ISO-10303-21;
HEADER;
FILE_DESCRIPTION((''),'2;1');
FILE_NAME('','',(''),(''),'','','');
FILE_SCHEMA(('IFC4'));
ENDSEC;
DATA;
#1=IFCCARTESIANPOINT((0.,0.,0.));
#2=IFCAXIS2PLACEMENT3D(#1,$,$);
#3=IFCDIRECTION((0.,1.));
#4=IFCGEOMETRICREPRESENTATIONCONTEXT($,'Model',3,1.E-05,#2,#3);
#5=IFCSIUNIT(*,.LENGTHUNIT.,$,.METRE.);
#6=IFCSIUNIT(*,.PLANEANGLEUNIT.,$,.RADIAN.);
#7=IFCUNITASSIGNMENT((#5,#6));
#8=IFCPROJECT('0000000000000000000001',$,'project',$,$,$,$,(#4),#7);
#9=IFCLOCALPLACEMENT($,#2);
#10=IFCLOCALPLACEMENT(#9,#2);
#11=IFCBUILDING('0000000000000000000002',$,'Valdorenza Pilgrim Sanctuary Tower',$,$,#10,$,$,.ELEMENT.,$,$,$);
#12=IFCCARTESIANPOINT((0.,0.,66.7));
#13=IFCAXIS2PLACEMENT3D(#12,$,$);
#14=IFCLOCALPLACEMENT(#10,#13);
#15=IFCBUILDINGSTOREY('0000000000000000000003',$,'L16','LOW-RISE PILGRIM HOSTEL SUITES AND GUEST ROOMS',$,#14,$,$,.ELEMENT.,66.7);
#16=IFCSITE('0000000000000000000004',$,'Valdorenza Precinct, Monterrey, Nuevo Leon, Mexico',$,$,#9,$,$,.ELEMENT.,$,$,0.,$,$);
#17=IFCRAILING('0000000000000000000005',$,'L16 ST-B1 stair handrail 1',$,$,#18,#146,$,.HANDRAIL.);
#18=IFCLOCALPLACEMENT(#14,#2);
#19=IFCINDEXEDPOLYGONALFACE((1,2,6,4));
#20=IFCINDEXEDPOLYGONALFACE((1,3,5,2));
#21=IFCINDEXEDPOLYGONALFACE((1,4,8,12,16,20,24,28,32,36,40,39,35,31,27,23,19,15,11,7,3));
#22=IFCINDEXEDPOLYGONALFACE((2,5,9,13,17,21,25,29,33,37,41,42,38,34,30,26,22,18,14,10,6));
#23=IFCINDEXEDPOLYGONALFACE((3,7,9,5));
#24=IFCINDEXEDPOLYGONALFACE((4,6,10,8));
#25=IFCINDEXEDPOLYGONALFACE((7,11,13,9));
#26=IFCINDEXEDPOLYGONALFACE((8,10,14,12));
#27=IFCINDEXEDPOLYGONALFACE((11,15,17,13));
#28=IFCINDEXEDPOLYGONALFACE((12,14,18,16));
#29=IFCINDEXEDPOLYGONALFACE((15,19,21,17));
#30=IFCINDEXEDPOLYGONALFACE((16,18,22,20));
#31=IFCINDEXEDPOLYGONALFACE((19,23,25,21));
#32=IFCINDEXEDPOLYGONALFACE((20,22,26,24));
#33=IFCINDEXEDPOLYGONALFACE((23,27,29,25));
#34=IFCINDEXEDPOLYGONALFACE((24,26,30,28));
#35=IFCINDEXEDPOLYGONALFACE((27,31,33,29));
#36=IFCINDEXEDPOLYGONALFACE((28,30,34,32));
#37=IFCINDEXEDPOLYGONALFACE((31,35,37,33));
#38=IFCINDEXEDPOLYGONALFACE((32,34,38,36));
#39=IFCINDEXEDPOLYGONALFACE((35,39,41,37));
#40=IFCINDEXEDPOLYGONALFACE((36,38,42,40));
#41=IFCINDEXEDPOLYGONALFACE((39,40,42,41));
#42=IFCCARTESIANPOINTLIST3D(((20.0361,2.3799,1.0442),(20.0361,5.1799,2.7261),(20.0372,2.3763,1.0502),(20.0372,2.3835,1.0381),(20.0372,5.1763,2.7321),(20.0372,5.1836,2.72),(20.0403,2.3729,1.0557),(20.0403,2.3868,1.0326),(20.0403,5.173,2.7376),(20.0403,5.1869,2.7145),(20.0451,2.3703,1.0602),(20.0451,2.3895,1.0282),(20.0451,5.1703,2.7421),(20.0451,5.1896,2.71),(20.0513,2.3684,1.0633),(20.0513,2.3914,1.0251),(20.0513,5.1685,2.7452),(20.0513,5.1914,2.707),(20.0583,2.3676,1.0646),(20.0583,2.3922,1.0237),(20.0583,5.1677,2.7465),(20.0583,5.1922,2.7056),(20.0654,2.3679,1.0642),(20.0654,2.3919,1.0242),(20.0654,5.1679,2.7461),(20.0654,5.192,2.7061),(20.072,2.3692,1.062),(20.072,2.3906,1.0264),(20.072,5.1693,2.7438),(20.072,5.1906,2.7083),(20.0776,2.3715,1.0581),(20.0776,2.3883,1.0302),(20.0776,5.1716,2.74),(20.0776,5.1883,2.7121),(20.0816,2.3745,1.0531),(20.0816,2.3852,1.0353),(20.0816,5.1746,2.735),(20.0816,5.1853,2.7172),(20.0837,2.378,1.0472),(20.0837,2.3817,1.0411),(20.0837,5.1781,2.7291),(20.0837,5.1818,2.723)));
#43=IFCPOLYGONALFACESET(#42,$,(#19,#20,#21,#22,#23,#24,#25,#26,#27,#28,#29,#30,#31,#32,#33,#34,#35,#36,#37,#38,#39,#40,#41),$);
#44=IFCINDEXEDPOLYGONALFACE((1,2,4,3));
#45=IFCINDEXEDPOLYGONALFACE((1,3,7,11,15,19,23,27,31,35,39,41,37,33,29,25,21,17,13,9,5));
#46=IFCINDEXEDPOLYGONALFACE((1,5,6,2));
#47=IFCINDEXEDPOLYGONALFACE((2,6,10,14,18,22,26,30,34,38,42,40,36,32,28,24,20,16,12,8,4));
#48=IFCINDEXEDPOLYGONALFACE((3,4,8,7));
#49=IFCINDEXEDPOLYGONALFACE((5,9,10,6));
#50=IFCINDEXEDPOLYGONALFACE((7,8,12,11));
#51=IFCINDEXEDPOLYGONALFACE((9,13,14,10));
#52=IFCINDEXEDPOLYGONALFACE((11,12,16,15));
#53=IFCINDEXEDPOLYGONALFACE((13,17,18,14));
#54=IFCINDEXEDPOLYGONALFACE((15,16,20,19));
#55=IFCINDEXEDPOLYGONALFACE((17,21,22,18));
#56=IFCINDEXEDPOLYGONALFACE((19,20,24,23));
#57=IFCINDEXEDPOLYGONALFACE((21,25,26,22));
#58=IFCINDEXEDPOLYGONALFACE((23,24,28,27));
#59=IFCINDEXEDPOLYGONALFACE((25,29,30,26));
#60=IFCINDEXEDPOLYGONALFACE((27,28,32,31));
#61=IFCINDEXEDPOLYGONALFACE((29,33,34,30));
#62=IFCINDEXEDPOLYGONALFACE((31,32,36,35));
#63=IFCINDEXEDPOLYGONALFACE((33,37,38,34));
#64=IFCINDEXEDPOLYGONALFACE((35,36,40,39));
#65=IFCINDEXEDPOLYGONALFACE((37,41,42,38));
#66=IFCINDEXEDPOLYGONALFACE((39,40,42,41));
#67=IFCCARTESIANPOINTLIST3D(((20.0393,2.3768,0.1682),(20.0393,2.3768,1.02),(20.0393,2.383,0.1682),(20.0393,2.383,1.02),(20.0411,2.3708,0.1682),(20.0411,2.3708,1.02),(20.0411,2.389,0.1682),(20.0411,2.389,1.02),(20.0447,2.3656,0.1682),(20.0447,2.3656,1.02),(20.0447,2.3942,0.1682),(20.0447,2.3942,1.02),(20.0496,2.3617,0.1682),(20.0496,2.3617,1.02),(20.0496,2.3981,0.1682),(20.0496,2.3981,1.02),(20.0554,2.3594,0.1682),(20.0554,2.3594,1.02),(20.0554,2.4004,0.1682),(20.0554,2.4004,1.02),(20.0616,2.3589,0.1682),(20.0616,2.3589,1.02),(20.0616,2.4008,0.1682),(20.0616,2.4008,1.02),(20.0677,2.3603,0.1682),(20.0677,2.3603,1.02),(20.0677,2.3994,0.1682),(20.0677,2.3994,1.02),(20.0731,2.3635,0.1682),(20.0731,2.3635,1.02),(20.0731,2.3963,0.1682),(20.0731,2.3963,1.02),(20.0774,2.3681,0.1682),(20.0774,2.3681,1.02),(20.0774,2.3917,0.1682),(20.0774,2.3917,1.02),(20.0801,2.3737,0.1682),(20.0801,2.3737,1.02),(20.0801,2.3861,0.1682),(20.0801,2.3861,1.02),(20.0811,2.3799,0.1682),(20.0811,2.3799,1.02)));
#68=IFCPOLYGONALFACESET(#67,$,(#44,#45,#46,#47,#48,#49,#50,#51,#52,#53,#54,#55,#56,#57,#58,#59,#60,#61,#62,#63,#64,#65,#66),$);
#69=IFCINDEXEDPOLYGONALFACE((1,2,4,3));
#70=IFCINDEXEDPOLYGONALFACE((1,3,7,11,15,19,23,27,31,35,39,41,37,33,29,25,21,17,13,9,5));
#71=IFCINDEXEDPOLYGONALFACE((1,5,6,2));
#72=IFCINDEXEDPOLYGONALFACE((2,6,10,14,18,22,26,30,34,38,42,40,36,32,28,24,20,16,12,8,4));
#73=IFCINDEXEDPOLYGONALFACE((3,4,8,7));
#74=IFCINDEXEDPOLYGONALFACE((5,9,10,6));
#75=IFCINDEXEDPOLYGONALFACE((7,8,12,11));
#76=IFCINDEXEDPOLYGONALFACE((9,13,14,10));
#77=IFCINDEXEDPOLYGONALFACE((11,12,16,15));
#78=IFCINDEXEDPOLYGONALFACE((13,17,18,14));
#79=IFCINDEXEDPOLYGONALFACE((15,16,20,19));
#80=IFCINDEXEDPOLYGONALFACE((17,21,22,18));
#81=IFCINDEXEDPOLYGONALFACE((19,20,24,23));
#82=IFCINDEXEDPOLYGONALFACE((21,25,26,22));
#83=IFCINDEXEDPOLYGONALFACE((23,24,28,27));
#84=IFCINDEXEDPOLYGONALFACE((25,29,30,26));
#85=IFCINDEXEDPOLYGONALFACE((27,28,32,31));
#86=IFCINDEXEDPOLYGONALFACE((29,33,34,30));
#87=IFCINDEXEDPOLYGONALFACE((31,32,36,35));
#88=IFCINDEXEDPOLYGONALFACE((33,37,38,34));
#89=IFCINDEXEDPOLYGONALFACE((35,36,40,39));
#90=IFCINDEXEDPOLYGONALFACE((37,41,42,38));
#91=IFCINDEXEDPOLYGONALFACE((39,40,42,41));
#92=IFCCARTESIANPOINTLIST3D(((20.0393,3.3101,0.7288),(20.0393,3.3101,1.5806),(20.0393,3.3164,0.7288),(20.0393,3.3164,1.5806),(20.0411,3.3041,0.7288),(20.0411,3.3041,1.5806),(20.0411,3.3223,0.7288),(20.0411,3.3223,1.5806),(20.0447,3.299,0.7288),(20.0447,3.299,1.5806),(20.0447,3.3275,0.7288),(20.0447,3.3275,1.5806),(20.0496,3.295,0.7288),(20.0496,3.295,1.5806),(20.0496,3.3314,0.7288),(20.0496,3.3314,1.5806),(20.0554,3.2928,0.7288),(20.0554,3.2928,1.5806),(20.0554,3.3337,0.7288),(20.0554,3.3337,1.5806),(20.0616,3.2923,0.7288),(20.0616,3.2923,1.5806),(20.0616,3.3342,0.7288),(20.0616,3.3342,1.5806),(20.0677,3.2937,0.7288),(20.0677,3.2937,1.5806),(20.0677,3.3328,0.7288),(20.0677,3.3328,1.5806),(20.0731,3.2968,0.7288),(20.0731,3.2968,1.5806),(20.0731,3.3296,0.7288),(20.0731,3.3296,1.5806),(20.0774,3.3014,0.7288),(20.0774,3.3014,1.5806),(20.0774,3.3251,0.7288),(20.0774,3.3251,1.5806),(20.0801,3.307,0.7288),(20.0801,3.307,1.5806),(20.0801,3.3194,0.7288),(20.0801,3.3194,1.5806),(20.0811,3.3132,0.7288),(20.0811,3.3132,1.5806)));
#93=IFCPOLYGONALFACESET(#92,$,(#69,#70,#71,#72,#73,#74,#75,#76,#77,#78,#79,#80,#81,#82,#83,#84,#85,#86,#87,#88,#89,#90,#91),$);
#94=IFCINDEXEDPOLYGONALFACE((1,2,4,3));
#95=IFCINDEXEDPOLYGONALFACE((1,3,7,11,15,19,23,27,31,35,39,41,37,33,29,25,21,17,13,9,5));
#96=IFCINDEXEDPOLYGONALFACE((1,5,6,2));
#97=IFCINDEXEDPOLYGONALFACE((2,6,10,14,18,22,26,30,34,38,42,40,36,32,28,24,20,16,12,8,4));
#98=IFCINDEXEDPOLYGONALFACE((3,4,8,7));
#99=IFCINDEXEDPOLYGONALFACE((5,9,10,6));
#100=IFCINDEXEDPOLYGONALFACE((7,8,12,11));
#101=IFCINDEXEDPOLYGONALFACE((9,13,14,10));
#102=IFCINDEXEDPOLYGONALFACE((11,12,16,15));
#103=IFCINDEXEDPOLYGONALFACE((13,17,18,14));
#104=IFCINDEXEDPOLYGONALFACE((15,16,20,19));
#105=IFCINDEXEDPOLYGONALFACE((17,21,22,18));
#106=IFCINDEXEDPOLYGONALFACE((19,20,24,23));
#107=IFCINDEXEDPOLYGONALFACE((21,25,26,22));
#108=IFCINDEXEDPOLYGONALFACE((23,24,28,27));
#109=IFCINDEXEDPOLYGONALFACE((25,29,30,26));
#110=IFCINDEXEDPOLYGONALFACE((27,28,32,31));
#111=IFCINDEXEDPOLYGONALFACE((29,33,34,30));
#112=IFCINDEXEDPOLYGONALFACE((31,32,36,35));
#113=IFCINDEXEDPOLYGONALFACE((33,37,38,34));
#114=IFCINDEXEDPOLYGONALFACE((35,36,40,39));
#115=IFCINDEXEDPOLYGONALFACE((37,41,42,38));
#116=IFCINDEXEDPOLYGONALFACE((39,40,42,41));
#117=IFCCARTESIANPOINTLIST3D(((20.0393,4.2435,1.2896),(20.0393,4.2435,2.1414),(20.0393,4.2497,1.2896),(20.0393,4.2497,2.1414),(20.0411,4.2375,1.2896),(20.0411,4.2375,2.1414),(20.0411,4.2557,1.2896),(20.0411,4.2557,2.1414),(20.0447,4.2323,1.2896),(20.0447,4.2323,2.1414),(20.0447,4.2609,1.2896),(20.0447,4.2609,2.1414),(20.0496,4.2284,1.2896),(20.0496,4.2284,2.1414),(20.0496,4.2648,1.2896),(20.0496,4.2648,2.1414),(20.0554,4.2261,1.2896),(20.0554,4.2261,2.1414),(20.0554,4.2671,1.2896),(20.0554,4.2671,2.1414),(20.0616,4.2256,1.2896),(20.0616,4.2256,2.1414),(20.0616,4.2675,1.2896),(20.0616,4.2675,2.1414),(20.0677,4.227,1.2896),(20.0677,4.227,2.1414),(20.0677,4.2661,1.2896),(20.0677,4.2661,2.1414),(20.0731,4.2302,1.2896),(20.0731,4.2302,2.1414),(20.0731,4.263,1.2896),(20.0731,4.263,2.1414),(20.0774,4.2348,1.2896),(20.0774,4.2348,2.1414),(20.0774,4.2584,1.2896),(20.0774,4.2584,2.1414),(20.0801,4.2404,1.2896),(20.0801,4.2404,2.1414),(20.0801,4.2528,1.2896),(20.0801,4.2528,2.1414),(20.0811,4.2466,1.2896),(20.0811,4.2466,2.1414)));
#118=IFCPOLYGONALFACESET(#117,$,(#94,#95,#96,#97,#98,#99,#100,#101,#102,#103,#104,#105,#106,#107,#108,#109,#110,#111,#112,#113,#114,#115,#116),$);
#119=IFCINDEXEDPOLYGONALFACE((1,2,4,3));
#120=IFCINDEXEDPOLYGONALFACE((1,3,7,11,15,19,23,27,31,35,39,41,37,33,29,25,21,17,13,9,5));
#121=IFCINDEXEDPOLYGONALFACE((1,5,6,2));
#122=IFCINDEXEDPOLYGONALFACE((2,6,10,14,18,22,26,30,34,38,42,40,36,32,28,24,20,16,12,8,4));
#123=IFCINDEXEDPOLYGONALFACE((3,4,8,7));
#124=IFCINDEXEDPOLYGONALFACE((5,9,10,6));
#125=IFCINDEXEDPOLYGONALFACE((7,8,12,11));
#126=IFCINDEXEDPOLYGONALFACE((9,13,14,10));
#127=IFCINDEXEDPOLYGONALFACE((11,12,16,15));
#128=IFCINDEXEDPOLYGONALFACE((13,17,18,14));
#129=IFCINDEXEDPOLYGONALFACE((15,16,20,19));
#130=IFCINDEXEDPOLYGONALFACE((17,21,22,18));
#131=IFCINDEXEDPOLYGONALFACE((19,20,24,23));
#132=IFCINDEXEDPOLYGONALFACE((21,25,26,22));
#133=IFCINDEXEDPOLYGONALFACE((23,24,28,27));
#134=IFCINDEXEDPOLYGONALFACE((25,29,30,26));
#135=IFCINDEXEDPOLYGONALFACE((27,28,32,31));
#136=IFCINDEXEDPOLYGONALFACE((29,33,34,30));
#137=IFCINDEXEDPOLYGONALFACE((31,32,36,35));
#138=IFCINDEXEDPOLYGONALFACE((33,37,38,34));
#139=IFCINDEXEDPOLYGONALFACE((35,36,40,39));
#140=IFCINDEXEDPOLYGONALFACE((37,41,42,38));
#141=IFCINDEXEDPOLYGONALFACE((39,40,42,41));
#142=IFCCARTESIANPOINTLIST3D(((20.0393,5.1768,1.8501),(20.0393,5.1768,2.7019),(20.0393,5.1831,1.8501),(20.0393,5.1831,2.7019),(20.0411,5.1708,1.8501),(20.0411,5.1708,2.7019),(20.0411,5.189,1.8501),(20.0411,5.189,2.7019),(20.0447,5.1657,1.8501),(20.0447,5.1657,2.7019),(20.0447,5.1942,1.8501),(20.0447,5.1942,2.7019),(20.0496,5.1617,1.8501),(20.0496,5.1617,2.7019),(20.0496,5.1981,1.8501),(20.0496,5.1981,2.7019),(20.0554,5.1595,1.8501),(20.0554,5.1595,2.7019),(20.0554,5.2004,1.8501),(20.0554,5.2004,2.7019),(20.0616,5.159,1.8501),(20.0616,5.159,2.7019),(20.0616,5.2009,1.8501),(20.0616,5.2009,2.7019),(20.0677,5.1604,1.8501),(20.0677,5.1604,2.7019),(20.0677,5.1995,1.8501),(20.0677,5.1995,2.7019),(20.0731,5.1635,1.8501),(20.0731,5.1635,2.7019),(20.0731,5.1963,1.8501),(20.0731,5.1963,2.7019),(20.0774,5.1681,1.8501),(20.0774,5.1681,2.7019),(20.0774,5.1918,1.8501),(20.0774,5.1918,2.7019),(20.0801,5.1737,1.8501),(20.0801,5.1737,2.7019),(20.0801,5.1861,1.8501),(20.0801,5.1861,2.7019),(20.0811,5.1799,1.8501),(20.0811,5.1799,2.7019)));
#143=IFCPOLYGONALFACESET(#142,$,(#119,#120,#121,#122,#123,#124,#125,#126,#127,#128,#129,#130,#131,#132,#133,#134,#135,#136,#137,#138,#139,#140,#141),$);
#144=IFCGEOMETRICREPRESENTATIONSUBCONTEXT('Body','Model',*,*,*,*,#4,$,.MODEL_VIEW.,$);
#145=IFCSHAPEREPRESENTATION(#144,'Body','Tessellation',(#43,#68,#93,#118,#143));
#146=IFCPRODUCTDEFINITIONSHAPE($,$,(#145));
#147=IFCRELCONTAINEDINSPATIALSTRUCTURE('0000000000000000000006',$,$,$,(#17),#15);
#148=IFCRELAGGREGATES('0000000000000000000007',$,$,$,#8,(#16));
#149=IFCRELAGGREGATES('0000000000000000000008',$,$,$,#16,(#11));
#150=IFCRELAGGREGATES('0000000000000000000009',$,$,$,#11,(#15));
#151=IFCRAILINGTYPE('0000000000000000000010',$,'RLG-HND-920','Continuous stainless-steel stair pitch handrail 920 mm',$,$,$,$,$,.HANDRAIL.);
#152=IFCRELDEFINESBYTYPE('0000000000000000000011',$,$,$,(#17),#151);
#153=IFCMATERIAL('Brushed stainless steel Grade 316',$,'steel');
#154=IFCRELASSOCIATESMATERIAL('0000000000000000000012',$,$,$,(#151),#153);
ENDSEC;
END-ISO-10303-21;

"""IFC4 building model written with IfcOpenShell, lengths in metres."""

from ifc_helpers import new_model, si_unit, direction, frame, origin, origin_2d, place, context, subcontext, project, spatial, circle, extrude, material, type_object, element, save


model = new_model("IFC4")

# Units and contexts
model_context = context("Model", 3, precision=1e-05, world=origin(), true_north=direction((0.0, 1.0)))
body_context = subcontext(model_context, "Body", "Model", "MODEL_VIEW")
ifc_project = project(units=[si_unit("LENGTHUNIT", "METRE"), si_unit("PLANEANGLEUNIT", "RADIAN")], contexts=[model_context])

# Site, building, storey
site_placement = place(None, origin())
site = spatial("IfcSite", under=ifc_project, at=site_placement, Name="Valdorenza Precinct, Monterrey, Nuevo Leon, Mexico", CompositionType="ELEMENT", RefElevation=0.0)
building_placement = place(site_placement, origin())
building = spatial("IfcBuilding", under=site, at=building_placement, Name="Valdorenza Pilgrim Sanctuary Tower", CompositionType="ELEMENT")
storey_placement = place(building_placement, frame((0.0, 0.0, 66.7)))
storey = spatial("IfcBuildingStorey", under=building, at=storey_placement, Name="L16", Description="LOW-RISE PILGRIM HOSTEL SUITES AND GUEST ROOMS", CompositionType="ELEMENT", Elevation=66.7)

# Railing
ifc_material_1 = material(Name="Brushed stainless steel Grade 316", Category="steel")
railing_type_1 = type_object("IfcRailingType", Name="RLG-HND-920", Description="Continuous stainless-steel stair pitch handrail 920 mm", PredefinedType="HANDRAIL", material=ifc_material_1)
railing_1_placement = place(storey_placement, frame((20.0601, 2.3799, 0.1682)))
element("IfcRailing", 1, at=railing_1_placement, inside=storey, type_object=railing_type_1, Name="L16 ST-B1 stair handrail 1", PredefinedType="HANDRAIL", context=body_context, shape_type="SweptSolid", body=[
    extrude(circle(Radius=0.0239, at=origin_2d()), frame((0.0, 0.0, 0.876), z_axis=(0.0, 0.857242, 0.514913), x_axis=(-1.0, 0.0, 0.0)), (0.0, 0.0, 1.0), 3.2664),
    extrude(circle(Radius=0.021, at=origin_2d()), origin(), (0.0, 0.0, 1.0), 0.8518),
    extrude(circle(Radius=0.021, at=origin_2d()), frame((0.0, 0.9333, 0.5605)), (0.0, 0.0, 1.0), 0.8518),
    extrude(circle(Radius=0.021, at=origin_2d()), frame((0.0, 1.8667, 1.1213)), (0.0, 0.0, 1.0), 0.8518),
    extrude(circle(Radius=0.021, at=origin_2d()), frame((0.0, 2.8, 1.6819)), (0.0, 0.0, 1.0), 0.8518),
])

save(model, "model.ifc")
